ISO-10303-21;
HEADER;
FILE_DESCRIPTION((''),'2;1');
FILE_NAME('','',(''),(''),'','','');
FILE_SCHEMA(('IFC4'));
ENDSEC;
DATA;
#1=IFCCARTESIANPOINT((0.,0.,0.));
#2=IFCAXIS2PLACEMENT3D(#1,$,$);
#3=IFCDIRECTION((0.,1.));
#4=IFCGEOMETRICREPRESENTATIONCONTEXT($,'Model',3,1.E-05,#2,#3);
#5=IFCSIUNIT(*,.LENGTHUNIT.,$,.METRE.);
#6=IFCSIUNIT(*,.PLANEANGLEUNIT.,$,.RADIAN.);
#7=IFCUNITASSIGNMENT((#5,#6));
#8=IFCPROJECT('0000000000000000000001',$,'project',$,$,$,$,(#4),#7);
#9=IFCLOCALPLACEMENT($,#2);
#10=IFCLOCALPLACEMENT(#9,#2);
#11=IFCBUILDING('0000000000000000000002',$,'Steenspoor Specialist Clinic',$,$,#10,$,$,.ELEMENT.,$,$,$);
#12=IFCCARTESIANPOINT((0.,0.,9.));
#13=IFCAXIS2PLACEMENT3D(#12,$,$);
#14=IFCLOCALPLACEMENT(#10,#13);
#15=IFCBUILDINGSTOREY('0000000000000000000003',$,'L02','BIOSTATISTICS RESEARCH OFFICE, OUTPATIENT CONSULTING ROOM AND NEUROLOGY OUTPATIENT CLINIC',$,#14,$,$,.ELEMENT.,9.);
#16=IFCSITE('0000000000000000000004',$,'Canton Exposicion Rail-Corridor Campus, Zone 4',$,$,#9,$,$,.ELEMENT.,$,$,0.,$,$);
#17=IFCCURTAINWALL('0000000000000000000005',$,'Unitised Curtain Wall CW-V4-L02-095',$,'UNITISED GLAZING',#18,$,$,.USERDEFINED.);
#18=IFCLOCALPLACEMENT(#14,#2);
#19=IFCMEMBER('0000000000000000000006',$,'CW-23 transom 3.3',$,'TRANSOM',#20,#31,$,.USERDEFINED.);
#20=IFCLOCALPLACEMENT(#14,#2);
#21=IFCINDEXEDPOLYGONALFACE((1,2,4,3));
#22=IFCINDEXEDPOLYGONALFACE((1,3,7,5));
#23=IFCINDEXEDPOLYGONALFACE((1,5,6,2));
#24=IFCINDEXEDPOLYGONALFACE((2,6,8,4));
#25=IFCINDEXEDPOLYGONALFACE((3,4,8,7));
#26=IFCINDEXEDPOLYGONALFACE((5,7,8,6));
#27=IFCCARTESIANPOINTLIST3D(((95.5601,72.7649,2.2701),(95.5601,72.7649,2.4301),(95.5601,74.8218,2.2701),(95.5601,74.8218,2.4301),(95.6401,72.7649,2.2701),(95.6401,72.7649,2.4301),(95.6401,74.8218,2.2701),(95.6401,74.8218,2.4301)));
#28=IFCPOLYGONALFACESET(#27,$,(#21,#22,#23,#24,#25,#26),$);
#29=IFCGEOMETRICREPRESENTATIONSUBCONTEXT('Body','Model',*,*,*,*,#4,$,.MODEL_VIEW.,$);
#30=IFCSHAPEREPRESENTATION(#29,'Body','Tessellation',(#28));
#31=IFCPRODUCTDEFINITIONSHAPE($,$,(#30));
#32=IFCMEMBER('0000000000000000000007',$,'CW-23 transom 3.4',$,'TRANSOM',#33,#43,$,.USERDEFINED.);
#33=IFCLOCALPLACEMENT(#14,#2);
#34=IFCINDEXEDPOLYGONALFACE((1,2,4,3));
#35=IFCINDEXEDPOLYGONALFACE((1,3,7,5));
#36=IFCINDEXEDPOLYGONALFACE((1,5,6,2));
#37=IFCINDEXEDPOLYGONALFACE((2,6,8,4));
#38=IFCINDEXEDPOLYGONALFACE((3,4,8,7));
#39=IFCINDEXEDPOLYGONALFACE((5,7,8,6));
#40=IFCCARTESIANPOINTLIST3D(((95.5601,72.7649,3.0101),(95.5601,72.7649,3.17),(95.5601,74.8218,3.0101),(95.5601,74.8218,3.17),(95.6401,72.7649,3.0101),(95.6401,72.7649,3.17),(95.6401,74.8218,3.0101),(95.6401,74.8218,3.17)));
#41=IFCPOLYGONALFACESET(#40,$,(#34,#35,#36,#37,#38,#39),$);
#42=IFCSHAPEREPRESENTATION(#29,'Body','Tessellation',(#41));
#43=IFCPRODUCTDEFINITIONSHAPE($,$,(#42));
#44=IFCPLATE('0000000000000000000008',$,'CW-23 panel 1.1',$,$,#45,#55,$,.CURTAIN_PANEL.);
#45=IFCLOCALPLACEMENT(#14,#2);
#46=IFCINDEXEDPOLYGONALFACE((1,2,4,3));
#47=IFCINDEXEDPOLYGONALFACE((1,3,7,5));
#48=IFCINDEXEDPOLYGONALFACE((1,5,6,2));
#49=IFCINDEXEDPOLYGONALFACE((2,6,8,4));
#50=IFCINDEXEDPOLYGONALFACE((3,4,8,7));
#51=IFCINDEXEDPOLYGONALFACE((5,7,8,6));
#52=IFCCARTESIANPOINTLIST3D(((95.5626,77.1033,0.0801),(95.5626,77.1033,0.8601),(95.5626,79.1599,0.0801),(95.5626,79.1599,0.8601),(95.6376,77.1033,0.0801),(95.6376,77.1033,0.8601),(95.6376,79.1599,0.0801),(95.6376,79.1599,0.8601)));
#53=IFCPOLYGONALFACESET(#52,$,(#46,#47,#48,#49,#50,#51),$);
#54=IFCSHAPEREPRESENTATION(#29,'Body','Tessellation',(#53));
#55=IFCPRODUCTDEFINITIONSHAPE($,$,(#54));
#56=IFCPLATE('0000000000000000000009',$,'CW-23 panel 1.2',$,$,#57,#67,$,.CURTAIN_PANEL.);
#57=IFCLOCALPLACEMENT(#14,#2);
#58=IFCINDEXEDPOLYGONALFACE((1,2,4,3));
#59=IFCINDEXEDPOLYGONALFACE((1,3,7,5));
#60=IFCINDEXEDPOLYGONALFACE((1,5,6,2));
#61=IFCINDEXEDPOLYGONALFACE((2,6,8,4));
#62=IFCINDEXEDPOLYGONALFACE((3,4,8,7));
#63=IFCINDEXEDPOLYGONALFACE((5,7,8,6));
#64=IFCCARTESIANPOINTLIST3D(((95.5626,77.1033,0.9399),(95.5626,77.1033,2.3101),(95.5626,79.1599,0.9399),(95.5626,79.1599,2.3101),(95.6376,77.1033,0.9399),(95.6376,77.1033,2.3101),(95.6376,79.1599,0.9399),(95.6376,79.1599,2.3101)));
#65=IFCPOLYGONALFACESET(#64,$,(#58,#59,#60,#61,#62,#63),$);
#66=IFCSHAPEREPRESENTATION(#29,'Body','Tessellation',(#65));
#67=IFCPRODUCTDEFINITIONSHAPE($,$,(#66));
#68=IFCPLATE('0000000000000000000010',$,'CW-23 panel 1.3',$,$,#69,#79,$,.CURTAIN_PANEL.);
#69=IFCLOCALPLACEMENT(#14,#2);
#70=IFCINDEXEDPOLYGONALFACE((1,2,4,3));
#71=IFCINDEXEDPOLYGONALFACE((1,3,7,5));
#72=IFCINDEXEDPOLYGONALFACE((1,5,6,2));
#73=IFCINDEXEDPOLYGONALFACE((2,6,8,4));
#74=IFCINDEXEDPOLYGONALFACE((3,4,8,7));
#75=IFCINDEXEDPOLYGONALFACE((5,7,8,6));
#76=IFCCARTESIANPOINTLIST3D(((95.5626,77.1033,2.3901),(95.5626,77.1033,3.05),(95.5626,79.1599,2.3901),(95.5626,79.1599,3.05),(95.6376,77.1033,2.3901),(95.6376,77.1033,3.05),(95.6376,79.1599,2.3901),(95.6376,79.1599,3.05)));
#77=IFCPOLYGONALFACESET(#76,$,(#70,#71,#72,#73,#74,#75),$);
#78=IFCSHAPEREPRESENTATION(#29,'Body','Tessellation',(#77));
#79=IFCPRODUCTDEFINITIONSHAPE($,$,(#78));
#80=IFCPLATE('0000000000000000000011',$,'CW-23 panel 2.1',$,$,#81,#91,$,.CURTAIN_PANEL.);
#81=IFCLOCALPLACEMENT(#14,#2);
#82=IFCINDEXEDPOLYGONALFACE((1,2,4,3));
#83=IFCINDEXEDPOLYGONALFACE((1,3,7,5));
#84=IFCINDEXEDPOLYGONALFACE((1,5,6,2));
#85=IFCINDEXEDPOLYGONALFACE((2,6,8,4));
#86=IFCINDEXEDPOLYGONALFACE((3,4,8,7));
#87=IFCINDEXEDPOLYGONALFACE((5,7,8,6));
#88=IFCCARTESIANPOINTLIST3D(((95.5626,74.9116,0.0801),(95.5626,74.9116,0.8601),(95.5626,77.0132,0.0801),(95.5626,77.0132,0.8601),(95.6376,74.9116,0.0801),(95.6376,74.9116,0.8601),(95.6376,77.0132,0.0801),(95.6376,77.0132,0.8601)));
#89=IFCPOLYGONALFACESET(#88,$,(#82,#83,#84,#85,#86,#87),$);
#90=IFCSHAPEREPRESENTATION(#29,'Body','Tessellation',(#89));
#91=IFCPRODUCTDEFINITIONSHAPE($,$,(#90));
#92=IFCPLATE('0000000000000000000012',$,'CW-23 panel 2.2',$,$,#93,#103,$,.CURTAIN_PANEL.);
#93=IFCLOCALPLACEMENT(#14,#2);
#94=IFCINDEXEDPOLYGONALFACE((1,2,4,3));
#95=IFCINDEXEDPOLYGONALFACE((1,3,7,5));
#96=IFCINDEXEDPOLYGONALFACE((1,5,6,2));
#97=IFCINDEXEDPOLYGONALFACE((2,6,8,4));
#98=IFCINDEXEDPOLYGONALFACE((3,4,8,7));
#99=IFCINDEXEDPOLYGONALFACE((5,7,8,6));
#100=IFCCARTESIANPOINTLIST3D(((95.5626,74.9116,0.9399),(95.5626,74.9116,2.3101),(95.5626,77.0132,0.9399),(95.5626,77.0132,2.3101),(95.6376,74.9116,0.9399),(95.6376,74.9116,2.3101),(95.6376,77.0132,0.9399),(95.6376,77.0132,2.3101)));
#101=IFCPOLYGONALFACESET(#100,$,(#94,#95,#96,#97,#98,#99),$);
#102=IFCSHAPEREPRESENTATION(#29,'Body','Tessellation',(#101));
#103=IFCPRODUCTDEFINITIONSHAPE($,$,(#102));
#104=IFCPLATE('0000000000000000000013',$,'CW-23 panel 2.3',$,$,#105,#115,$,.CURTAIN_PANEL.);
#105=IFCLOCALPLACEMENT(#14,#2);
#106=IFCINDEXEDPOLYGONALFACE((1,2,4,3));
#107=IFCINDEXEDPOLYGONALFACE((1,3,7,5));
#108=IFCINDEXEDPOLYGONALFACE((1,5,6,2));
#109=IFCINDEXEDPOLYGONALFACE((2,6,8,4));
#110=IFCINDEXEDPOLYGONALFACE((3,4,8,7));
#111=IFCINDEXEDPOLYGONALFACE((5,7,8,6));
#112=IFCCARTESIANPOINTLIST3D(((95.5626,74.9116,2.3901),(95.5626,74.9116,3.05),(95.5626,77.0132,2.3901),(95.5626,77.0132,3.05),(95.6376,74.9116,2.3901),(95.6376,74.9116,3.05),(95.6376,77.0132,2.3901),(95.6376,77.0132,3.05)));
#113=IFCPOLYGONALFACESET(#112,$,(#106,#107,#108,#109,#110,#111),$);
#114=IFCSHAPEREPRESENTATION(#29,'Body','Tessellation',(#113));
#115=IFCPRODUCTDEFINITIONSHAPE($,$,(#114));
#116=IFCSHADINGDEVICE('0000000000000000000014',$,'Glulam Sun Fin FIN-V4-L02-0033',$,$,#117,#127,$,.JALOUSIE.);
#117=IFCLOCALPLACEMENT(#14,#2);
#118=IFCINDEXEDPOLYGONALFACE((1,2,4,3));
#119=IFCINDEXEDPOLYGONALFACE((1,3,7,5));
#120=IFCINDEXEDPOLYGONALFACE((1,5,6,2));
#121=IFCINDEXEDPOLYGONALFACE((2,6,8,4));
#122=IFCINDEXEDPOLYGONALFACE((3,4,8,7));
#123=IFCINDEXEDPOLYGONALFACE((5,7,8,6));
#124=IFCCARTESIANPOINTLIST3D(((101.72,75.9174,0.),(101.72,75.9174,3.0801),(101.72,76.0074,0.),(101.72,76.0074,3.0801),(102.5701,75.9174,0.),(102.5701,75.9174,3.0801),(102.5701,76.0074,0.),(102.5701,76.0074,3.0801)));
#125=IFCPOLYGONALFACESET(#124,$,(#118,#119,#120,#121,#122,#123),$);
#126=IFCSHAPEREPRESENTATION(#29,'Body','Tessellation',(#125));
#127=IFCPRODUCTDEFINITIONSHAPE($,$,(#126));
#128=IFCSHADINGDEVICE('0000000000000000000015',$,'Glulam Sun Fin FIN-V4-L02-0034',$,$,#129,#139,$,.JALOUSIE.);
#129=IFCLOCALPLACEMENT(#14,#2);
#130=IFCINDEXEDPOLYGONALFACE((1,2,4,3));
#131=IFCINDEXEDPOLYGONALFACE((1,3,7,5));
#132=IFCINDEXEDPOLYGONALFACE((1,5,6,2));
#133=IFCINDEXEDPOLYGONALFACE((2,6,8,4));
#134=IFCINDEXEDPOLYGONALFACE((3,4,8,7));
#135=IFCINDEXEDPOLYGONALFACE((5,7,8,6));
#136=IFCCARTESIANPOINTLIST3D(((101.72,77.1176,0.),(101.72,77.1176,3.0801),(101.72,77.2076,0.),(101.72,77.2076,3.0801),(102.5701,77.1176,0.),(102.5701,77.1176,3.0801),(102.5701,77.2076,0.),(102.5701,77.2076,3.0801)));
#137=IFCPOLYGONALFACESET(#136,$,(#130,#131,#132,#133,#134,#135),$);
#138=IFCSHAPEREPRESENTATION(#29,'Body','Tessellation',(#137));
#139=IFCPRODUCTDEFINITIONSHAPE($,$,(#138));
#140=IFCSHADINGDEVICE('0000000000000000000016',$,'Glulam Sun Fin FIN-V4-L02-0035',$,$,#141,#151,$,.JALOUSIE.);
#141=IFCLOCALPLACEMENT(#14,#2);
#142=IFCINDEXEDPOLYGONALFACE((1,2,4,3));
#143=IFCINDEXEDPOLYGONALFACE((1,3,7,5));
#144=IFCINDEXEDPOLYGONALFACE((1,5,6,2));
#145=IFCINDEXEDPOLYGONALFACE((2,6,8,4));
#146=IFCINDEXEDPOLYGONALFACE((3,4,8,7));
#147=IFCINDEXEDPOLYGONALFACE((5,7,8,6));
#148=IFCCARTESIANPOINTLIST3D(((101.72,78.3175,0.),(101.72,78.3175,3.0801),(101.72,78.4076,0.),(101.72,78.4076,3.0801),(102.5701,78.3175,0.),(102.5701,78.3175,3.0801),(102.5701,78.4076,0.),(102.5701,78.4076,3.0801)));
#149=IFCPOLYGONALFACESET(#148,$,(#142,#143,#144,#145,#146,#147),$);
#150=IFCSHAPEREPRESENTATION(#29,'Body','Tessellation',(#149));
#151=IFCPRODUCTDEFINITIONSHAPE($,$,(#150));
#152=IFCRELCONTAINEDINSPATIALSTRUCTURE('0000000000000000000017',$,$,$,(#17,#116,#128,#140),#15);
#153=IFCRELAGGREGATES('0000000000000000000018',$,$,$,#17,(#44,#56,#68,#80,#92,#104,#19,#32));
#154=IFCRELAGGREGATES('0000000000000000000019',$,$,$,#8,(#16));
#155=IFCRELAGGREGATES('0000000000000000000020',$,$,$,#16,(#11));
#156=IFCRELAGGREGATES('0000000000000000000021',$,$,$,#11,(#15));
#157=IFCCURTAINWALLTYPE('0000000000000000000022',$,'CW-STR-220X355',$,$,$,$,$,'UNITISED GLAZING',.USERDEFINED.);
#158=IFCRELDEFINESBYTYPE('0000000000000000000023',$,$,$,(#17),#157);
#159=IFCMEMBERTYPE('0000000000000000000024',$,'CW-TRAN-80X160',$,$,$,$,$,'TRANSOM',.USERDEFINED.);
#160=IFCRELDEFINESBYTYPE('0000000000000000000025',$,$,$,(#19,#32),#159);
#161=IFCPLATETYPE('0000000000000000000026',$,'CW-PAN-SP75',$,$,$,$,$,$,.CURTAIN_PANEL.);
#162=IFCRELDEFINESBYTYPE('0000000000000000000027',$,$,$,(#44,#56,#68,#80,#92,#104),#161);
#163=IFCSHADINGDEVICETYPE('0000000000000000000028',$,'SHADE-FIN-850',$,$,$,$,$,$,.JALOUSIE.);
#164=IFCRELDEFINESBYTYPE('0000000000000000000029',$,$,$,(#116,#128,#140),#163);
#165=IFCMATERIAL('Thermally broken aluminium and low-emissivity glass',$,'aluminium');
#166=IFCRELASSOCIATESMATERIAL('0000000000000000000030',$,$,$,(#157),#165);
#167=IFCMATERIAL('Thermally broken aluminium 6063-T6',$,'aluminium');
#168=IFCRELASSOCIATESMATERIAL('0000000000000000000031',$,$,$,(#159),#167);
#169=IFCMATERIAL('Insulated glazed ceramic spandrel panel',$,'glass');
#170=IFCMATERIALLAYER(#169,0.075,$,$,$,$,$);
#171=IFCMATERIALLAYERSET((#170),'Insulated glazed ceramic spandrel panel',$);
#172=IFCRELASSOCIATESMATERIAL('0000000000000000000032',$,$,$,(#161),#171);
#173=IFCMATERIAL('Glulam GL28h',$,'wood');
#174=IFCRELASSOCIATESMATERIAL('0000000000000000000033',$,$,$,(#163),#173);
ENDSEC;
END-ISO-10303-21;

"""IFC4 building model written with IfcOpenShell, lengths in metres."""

from ifc_helpers import new_model, si_unit, direction, frame, origin, origin_2d, place, context, subcontext, project, spatial, rectangle, extrude, material, layer, layer_set, material_profile, profile_set, type_object, element, aggregate, save


model = new_model("IFC4")

# Units and contexts
model_context = context("Model", 3, precision=1e-05, world=origin(), true_north=direction((0.0, 1.0)))
body_context = subcontext(model_context, "Body", "Model", "MODEL_VIEW")
ifc_project = project(units=[si_unit("LENGTHUNIT", "METRE"), si_unit("PLANEANGLEUNIT", "RADIAN")], contexts=[model_context])

# Site, building, storey
site_placement = place(None, origin())
site = spatial("IfcSite", under=ifc_project, at=site_placement, Name="Canton Exposicion Rail-Corridor Campus, Zone 4", CompositionType="ELEMENT", RefElevation=0.0)
building_placement = place(site_placement, origin())
building = spatial("IfcBuilding", under=site, at=building_placement, Name="Steenspoor Specialist Clinic", CompositionType="ELEMENT")
storey_placement = place(building_placement, frame((0.0, 0.0, 9.0)))
storey = spatial("IfcBuildingStorey", under=building, at=storey_placement, Name="L02", Description="BIOSTATISTICS RESEARCH OFFICE, OUTPATIENT CONSULTING ROOM AND NEUROLOGY OUTPATIENT CLINIC", CompositionType="ELEMENT", Elevation=9.0)

# Curtain wall, members, plates
ifc_material_1 = material(Name="Thermally broken aluminium and low-emissivity glass", Category="aluminium")
curtain_wall_type = type_object("IfcCurtainWallType", Name="CW-STR-220X355", ElementType="UNITISED GLAZING", PredefinedType="USERDEFINED", material=ifc_material_1)
curtain_wall_placement = place(storey_placement, origin())
curtain_wall = element("IfcCurtainWall", 1, at=curtain_wall_placement, inside=storey, type_object=curtain_wall_type, Name="Unitised Curtain Wall CW-V4-L02-095", ObjectType="UNITISED GLAZING", PredefinedType="USERDEFINED")
ifc_material_2 = material(Name="Thermally broken aluminium 6063-T6", Category="aluminium")
ifc_material_profile_1 = material_profile(ifc_material_2, rectangle(XDim=0.0801, YDim=0.1599, at=origin_2d()), Name="CWT-80X160")
ifc_profile_set_1 = profile_set([ifc_material_profile_1], Name="Thermally broken aluminium 6063-T6")
member_type_1 = type_object("IfcMemberType", Name="CW-TRAN-80X160", ElementType="TRANSOM", PredefinedType="USERDEFINED", material=ifc_profile_set_1)
member_1_placement = place(storey_placement, frame((95.6001, 74.8218, 2.3501), z_axis=(0.0, -1.0, 0.0), x_axis=(1.0, 0.0, 0.0)))
member_1 = element("IfcMember", 2, at=member_1_placement, type_object=member_type_1, Name="CW-23 transom 3.3", ObjectType="TRANSOM", PredefinedType="USERDEFINED", context=body_context, shape_type="SweptSolid", body=[
    extrude(rectangle(XDim=0.0801, YDim=0.1599, at=origin_2d()), origin(), (0.0, 0.0, 1.0), 2.0569),
])
member_2_placement = place(storey_placement, frame((95.6001, 74.8218, 3.0901), z_axis=(0.0, -1.0, 0.0), x_axis=(1.0, 0.0, 0.0)))
member_2 = element("IfcMember", 3, at=member_2_placement, type_object=member_type_1, Name="CW-23 transom 3.4", ObjectType="TRANSOM", PredefinedType="USERDEFINED", context=body_context, shape_type="SweptSolid", body=[
    extrude(rectangle(XDim=0.0801, YDim=0.1599, at=origin_2d()), origin(), (0.0, 0.0, 1.0), 2.0569),
])
ifc_material_3 = material(Name="Insulated glazed ceramic spandrel panel", Category="glass")
ifc_layer = layer(ifc_material_3, 0.075)
ifc_layer_set = layer_set([ifc_layer], Name="Insulated glazed ceramic spandrel panel")
plate_type = type_object("IfcPlateType", Name="CW-PAN-SP75", PredefinedType="CURTAIN_PANEL", material=ifc_layer_set)
plate_1_placement = place(storey_placement, frame((95.6001, 78.1316, 0.0801), z_axis=(0.0, 0.0, 1.0), x_axis=(0.0, -1.0, 0.0)))
plate_1 = element("IfcPlate", 4, at=plate_1_placement, type_object=plate_type, Name="CW-23 panel 1.1", PredefinedType="CURTAIN_PANEL", context=body_context, shape_type="SweptSolid", body=[
    extrude(rectangle(XDim=2.0566, YDim=0.075, at=origin_2d()), origin(), (0.0, 0.0, 1.0), 0.78),
])
plate_2_placement = place(storey_placement, frame((95.6001, 78.1316, 0.9399), z_axis=(0.0, 0.0, 1.0), x_axis=(0.0, -1.0, 0.0)))
plate_2 = element("IfcPlate", 5, at=plate_2_placement, type_object=plate_type, Name="CW-23 panel 1.2", PredefinedType="CURTAIN_PANEL", context=body_context, shape_type="SweptSolid", body=[
    extrude(rectangle(XDim=2.0566, YDim=0.075, at=origin_2d()), origin(), (0.0, 0.0, 1.0), 1.3701),
])
plate_3_placement = place(storey_placement, frame((95.6001, 78.1316, 2.3901), z_axis=(0.0, 0.0, 1.0), x_axis=(0.0, -1.0, 0.0)))
plate_3 = element("IfcPlate", 6, at=plate_3_placement, type_object=plate_type, Name="CW-23 panel 1.3", PredefinedType="CURTAIN_PANEL", context=body_context, shape_type="SweptSolid", body=[
    extrude(rectangle(XDim=2.0566, YDim=0.075, at=origin_2d()), origin(), (0.0, 0.0, 1.0), 0.6599),
])
plate_4_placement = place(storey_placement, frame((95.6001, 75.9624, 0.0801), z_axis=(0.0, 0.0, 1.0), x_axis=(0.0, -1.0, 0.0)))
plate_4 = element("IfcPlate", 7, at=plate_4_placement, type_object=plate_type, Name="CW-23 panel 2.1", PredefinedType="CURTAIN_PANEL", context=body_context, shape_type="SweptSolid", body=[
    extrude(rectangle(XDim=2.1016, YDim=0.075, at=origin_2d()), origin(), (0.0, 0.0, 1.0), 0.78),
])
plate_5_placement = place(storey_placement, frame((95.6001, 75.9624, 0.9399), z_axis=(0.0, 0.0, 1.0), x_axis=(0.0, -1.0, 0.0)))
plate_5 = element("IfcPlate", 8, at=plate_5_placement, type_object=plate_type, Name="CW-23 panel 2.2", PredefinedType="CURTAIN_PANEL", context=body_context, shape_type="SweptSolid", body=[
    extrude(rectangle(XDim=2.1016, YDim=0.075, at=origin_2d()), origin(), (0.0, 0.0, 1.0), 1.3701),
])
plate_6_placement = place(storey_placement, frame((95.6001, 75.9624, 2.3901), z_axis=(0.0, 0.0, 1.0), x_axis=(0.0, -1.0, 0.0)))
plate_6 = element("IfcPlate", 9, at=plate_6_placement, type_object=plate_type, Name="CW-23 panel 2.3", PredefinedType="CURTAIN_PANEL", context=body_context, shape_type="SweptSolid", body=[
    extrude(rectangle(XDim=2.1016, YDim=0.075, at=origin_2d()), origin(), (0.0, 0.0, 1.0), 0.6599),
])
aggregate(curtain_wall, [plate_1, plate_2, plate_3, plate_4, plate_5, plate_6, member_1, member_2])

# Shading devices
ifc_material_4 = material(Name="Glulam GL28h", Category="wood")
ifc_material_profile_2 = material_profile(ifc_material_4, rectangle(XDim=0.0901, YDim=0.8501, at=origin_2d()), Name="GL28H-90X850")
ifc_profile_set_2 = profile_set([ifc_material_profile_2], Name="Glulam GL28h")
shading_device_type = type_object("IfcShadingDeviceType", Name="SHADE-FIN-850", PredefinedType="JALOUSIE", material=ifc_profile_set_2)
for number, where, z_axis, x_axis, name in (
    (10, (102.145, 75.9624, 0.0), (0.0, 0.0, 1.0), (0.0, 1.0, 0.0), "Glulam Sun Fin FIN-V4-L02-0033"),
    (11, (102.145, 77.1626, 0.0), (0.0, 0.0, 1.0), (0.0, 1.0, 0.0), "Glulam Sun Fin FIN-V4-L02-0034"),
    (12, (102.145, 78.3625, 0.0), (0.0, 0.0, 1.0), (0.0, 1.0, 0.0), "Glulam Sun Fin FIN-V4-L02-0035"),
):
    element("IfcShadingDevice", number, at=place(storey_placement, frame(where, z_axis=z_axis, x_axis=x_axis)), inside=storey, type_object=shading_device_type, Name=name, PredefinedType="JALOUSIE", context=body_context, shape_type="SweptSolid", body=[
        extrude(rectangle(XDim=0.0901, YDim=0.8501, at=origin_2d()), origin(), (0.0, 0.0, 1.0), 3.0801),
    ])

save(model, "model.ifc")
